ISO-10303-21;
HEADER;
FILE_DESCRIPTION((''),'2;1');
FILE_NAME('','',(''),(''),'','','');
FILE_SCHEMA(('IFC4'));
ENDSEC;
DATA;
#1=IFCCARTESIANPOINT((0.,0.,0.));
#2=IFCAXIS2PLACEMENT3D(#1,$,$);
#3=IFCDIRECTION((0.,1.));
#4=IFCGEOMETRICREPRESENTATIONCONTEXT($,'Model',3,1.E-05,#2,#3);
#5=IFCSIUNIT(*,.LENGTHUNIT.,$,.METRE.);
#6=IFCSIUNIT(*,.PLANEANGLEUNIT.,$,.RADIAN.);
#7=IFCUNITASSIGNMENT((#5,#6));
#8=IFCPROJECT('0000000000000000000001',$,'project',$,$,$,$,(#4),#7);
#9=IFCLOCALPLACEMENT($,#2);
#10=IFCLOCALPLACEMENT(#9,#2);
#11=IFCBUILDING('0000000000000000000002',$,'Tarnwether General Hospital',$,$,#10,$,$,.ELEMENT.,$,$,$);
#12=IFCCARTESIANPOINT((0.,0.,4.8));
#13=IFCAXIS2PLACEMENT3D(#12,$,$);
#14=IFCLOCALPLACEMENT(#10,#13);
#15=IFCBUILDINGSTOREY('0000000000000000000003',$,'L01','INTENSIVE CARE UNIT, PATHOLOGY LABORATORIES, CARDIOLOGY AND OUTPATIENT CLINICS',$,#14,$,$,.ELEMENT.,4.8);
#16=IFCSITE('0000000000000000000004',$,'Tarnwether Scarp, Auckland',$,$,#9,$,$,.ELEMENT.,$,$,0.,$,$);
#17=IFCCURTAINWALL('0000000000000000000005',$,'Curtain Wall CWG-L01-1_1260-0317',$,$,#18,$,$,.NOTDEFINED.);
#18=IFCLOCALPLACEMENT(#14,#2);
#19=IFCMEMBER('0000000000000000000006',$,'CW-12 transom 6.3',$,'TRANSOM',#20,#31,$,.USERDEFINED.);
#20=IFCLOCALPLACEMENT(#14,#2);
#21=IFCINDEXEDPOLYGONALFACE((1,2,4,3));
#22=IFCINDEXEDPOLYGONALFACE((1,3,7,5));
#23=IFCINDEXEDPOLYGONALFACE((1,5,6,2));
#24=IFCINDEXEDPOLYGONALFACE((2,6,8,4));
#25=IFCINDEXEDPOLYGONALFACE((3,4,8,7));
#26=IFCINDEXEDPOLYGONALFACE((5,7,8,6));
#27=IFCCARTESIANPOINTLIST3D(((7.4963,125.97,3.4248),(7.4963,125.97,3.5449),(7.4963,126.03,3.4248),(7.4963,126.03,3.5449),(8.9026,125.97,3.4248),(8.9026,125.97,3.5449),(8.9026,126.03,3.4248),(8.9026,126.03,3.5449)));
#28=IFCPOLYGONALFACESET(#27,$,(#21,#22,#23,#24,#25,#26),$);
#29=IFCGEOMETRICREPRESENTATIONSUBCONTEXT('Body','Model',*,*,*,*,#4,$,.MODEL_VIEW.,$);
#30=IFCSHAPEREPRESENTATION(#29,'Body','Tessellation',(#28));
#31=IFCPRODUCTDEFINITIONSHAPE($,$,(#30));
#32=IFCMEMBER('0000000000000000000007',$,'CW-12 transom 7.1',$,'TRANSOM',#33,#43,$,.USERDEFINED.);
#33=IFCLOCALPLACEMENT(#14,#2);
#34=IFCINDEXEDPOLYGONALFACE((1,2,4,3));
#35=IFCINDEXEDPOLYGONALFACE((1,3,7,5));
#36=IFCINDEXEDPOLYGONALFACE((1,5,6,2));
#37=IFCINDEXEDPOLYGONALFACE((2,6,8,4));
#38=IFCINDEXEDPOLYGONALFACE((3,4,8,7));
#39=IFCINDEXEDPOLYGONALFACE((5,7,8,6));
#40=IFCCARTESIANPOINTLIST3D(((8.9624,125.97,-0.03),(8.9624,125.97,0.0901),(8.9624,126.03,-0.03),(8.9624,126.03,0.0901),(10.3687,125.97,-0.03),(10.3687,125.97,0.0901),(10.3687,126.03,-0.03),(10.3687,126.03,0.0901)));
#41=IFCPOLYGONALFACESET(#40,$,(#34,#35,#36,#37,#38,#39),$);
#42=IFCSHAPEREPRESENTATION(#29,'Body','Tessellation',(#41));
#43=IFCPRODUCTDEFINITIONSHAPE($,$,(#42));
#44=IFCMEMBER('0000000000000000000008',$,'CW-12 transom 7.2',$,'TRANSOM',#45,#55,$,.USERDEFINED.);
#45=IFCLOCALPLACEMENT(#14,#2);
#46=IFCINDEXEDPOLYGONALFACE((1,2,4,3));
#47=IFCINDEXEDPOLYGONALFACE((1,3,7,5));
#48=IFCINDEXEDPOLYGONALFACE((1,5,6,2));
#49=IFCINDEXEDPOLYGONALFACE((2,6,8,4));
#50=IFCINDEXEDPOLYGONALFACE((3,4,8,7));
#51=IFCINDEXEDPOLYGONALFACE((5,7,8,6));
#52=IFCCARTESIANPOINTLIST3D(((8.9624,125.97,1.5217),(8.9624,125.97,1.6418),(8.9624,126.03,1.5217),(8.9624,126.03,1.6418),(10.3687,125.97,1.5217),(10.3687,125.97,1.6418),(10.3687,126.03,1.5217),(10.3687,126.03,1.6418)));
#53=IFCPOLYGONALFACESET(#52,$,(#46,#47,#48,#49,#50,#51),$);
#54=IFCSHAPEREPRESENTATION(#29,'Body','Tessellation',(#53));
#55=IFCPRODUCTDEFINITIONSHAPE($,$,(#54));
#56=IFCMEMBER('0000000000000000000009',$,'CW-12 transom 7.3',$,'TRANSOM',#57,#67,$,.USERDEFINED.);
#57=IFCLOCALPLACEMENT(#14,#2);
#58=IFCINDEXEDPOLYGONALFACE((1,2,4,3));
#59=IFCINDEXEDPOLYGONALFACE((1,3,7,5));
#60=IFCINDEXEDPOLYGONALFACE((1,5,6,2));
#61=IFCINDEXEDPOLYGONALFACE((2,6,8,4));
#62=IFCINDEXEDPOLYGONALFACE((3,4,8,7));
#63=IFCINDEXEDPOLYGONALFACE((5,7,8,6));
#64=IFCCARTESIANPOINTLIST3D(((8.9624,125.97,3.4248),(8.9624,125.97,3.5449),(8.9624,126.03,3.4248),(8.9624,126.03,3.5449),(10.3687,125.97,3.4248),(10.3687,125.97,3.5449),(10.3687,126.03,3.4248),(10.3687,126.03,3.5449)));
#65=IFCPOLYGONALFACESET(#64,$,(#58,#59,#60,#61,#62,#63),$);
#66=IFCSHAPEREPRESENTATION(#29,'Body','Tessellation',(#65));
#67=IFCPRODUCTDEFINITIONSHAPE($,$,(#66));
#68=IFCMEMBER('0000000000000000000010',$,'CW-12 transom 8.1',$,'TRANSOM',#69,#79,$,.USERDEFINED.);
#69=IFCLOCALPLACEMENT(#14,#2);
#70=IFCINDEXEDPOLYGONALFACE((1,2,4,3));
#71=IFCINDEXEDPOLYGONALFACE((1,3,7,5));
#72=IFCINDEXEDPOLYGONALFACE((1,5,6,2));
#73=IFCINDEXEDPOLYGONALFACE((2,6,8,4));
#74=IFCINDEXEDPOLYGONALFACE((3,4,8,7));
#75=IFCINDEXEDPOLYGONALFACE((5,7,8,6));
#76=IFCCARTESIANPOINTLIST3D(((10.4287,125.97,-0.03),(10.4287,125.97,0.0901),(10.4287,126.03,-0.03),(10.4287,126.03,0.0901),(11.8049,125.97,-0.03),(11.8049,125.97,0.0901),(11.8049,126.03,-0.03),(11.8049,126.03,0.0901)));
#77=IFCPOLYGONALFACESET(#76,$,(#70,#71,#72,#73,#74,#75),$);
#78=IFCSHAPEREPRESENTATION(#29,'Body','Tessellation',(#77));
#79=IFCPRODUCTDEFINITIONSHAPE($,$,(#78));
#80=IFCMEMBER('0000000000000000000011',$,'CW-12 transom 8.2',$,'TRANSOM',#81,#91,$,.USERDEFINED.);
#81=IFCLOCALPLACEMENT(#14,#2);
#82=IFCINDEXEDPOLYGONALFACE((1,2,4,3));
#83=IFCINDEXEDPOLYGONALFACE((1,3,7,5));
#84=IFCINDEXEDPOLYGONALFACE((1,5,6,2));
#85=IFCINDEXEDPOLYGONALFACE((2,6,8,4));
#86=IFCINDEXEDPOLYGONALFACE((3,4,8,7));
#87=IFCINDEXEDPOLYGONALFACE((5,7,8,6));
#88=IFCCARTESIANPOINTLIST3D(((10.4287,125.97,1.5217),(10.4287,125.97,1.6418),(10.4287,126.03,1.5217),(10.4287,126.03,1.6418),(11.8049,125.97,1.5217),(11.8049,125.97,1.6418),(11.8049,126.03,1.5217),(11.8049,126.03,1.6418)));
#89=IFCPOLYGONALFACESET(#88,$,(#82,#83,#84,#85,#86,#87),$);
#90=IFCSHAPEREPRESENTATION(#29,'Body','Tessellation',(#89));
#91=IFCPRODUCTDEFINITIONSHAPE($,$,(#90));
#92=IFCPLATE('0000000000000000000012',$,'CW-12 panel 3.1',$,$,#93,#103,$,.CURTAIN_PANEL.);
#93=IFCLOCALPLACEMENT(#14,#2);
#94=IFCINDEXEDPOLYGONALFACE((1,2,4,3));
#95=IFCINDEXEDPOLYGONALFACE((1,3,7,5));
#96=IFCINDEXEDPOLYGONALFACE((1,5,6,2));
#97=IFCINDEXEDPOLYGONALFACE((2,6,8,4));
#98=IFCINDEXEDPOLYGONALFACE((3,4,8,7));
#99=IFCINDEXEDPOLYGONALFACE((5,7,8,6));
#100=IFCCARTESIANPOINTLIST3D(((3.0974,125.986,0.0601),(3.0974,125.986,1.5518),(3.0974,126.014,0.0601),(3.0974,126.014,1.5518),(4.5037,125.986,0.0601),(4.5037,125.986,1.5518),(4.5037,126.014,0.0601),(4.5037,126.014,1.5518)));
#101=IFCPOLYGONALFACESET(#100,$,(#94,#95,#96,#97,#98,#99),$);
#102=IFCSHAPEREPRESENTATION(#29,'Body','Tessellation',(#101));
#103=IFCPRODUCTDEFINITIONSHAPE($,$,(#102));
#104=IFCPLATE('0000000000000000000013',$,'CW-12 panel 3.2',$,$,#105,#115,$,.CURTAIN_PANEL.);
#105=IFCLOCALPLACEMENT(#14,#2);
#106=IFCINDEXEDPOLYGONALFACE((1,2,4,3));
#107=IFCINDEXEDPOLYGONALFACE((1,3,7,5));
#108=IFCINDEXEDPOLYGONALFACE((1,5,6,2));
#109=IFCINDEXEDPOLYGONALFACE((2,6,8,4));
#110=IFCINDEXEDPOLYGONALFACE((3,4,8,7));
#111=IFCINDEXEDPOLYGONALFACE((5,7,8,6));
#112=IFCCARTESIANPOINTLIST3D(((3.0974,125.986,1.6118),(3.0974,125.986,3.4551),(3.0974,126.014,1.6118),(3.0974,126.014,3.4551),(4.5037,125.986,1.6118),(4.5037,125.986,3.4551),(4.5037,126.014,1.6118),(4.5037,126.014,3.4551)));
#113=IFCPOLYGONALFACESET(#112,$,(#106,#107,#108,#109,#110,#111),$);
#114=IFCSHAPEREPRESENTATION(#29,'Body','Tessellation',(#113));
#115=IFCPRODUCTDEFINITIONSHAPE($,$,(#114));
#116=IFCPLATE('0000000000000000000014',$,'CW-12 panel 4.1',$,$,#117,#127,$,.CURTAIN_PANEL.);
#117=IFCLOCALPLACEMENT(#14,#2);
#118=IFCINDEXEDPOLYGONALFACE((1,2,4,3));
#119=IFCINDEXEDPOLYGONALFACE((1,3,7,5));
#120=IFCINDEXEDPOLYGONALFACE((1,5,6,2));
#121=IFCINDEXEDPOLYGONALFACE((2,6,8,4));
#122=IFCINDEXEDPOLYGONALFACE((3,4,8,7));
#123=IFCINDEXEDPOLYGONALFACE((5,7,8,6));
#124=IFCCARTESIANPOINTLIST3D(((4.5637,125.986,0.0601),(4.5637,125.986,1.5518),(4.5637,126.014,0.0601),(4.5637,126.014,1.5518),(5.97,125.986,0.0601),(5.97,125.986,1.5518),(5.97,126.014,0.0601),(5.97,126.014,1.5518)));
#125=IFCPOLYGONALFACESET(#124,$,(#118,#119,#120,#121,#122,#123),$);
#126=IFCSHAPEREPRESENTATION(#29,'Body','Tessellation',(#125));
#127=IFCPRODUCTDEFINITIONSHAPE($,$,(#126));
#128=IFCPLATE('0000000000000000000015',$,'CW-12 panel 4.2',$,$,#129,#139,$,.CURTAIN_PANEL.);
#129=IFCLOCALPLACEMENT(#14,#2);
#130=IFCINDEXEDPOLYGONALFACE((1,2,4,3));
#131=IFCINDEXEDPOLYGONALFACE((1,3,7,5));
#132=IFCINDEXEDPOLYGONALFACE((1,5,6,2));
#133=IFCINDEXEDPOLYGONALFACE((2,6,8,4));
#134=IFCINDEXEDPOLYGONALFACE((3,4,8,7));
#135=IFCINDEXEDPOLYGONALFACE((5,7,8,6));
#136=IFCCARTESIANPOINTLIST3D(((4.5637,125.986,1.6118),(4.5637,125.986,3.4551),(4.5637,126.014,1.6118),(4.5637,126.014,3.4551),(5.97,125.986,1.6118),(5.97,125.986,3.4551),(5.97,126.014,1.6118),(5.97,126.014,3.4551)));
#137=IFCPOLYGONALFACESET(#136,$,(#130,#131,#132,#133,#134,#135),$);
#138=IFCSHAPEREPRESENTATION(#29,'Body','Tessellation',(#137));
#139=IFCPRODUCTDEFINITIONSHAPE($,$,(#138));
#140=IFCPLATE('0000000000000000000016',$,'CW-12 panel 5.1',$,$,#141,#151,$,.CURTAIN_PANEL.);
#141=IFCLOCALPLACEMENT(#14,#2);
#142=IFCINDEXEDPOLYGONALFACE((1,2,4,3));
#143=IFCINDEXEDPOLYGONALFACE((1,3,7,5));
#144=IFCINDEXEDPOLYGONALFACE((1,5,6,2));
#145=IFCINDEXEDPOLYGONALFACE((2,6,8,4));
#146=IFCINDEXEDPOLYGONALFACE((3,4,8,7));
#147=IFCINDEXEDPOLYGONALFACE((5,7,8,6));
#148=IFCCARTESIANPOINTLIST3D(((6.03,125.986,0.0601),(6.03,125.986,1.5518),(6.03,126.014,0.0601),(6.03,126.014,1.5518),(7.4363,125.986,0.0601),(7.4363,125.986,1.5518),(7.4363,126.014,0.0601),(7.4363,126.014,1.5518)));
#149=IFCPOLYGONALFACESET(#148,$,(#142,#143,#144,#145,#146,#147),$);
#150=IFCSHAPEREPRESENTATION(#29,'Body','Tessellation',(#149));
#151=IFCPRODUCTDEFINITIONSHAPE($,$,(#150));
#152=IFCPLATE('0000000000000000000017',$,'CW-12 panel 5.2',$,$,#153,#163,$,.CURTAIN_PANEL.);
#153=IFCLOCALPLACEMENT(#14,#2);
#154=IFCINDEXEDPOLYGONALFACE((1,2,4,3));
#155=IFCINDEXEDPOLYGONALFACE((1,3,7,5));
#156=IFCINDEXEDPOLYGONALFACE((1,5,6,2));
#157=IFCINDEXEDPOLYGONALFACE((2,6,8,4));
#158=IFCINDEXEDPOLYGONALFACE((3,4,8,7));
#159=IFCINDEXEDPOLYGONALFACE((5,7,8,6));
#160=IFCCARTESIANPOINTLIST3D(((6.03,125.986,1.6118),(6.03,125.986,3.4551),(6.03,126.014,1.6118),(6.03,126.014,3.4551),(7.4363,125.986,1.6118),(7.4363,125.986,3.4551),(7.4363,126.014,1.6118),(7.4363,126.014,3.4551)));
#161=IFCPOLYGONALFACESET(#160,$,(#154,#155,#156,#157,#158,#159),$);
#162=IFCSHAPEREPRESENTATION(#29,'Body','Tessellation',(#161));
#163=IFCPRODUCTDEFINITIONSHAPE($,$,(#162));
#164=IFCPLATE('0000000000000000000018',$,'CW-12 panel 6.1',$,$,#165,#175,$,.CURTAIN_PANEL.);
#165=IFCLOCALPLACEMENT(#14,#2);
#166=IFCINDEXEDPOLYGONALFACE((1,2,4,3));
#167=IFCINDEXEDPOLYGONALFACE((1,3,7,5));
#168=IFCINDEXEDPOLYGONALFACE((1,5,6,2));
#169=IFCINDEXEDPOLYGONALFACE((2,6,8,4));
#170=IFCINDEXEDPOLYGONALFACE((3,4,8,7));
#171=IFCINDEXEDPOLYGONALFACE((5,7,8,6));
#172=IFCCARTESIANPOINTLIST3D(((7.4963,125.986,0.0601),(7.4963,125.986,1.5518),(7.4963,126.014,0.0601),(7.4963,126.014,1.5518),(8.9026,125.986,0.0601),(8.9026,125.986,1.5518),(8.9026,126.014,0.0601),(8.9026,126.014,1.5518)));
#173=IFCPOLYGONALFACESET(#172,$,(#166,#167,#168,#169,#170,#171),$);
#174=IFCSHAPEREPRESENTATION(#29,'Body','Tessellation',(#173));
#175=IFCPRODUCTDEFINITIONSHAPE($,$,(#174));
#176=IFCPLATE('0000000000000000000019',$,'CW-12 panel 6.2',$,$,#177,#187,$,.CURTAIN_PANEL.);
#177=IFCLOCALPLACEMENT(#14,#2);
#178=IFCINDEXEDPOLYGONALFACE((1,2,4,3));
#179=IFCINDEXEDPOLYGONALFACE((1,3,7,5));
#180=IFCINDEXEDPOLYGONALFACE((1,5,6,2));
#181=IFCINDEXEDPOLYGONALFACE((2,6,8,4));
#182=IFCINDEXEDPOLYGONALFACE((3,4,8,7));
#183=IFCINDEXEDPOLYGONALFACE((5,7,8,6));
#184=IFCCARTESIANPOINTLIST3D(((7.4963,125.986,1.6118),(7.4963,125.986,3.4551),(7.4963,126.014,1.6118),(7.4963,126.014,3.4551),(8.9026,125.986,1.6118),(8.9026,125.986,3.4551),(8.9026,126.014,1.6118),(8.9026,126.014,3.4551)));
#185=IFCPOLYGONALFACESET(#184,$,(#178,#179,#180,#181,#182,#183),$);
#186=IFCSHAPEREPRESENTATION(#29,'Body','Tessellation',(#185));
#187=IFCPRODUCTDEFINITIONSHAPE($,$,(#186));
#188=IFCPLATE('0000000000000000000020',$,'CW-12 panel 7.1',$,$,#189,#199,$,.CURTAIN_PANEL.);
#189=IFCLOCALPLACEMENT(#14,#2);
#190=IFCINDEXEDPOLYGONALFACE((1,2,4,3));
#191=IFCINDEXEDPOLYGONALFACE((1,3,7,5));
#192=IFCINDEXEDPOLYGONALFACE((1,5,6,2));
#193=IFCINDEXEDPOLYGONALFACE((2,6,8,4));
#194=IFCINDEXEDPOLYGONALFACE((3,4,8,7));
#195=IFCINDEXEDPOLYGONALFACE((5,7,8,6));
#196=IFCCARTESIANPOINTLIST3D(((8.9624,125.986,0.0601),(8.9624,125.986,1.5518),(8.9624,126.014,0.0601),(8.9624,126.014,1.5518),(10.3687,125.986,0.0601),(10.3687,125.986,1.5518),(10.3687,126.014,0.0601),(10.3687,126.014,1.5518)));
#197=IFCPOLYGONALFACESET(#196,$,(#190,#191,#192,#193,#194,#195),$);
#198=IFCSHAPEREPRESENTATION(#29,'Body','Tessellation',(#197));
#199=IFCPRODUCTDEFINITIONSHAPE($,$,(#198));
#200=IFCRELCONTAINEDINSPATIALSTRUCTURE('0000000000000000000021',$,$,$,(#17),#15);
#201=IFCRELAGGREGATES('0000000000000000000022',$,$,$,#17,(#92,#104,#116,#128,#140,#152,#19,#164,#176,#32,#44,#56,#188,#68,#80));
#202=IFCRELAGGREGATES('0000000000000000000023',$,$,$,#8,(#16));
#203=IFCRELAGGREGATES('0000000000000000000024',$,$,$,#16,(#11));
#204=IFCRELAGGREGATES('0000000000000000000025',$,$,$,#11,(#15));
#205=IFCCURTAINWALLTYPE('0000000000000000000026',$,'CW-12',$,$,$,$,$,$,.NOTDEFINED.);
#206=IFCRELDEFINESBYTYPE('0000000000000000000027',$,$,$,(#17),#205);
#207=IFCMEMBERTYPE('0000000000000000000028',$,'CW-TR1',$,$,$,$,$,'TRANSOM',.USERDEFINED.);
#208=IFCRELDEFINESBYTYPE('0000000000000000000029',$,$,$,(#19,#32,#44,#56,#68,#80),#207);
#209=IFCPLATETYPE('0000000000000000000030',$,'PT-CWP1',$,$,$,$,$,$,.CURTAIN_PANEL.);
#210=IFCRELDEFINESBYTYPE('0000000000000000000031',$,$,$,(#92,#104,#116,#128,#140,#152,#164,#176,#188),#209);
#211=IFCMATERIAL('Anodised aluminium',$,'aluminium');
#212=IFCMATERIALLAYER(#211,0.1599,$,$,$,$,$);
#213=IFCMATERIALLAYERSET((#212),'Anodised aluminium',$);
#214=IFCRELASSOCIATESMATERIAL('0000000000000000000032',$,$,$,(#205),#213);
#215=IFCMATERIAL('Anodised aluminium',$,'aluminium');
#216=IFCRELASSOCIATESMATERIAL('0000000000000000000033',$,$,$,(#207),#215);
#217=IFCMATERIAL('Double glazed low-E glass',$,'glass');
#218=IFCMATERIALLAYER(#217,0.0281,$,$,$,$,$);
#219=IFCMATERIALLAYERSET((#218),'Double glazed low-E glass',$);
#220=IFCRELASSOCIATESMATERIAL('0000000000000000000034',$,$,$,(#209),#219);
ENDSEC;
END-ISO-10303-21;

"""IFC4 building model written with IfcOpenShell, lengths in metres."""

from ifc_helpers import new_model, si_unit, direction, frame, origin, origin_2d, place, context, subcontext, project, spatial, rectangle, extrude, material, layer, layer_set, material_profile, profile_set, type_object, element, aggregate, save


model = new_model("IFC4")

# Units and contexts
model_context = context("Model", 3, precision=1e-05, world=origin(), true_north=direction((0.0, 1.0)))
body_context = subcontext(model_context, "Body", "Model", "MODEL_VIEW")
ifc_project = project(units=[si_unit("LENGTHUNIT", "METRE"), si_unit("PLANEANGLEUNIT", "RADIAN")], contexts=[model_context])

# Site, building, storey
site_placement = place(None, origin())
site = spatial("IfcSite", under=ifc_project, at=site_placement, Name="Tarnwether Scarp, Auckland", CompositionType="ELEMENT", RefElevation=0.0)
building_placement = place(site_placement, origin())
building = spatial("IfcBuilding", under=site, at=building_placement, Name="Tarnwether General Hospital", CompositionType="ELEMENT")
storey_placement = place(building_placement, frame((0.0, 0.0, 4.8)))
storey = spatial("IfcBuildingStorey", under=building, at=storey_placement, Name="L01", Description="INTENSIVE CARE UNIT, PATHOLOGY LABORATORIES, CARDIOLOGY AND OUTPATIENT CLINICS", CompositionType="ELEMENT", Elevation=4.8)

# Curtain wall, members, plates
ifc_material_1 = material(Name="Anodised aluminium", Category="aluminium")
ifc_layer_1 = layer(ifc_material_1, 0.1599)
ifc_layer_set_1 = layer_set([ifc_layer_1], Name="Anodised aluminium")
curtain_wall_type = type_object("IfcCurtainWallType", Name="CW-12", PredefinedType="NOTDEFINED", material=ifc_layer_set_1)
curtain_wall_placement = place(storey_placement, origin())
curtain_wall = element("IfcCurtainWall", 1, at=curtain_wall_placement, inside=storey, type_object=curtain_wall_type, Name="Curtain Wall CWG-L01-1_1260-0317", PredefinedType="NOTDEFINED")
ifc_material_2 = material(Name="Anodised aluminium", Category="aluminium")
ifc_material_profile_1 = material_profile(ifc_material_2, rectangle(XDim=0.0601, YDim=0.1201, at=origin_2d()), Name="ALU-TRN-60x120")
ifc_profile_set_1 = profile_set([ifc_material_profile_1], Name="Anodised aluminium")
member_type_1 = type_object("IfcMemberType", Name="CW-TR1", ElementType="TRANSOM", PredefinedType="USERDEFINED", material=ifc_profile_set_1)
member_1_placement = place(storey_placement, frame((7.4963, 126.0, 3.4849), z_axis=(1.0, 0.0, 0.0), x_axis=(0.0, 1.0, 0.0)))
member_1 = element("IfcMember", 2, at=member_1_placement, type_object=member_type_1, Name="CW-12 transom 6.3", ObjectType="TRANSOM", PredefinedType="USERDEFINED", context=body_context, shape_type="SweptSolid", body=[
    extrude(rectangle(XDim=0.0601, YDim=0.1201, at=origin_2d()), origin(), (0.0, 0.0, 1.0), 1.4062),
])
member_2_placement = place(storey_placement, frame((8.9624, 126.0, 0.03), z_axis=(1.0, 0.0, 0.0), x_axis=(0.0, 1.0, 0.0)))
member_2 = element("IfcMember", 3, at=member_2_placement, type_object=member_type_1, Name="CW-12 transom 7.1", ObjectType="TRANSOM", PredefinedType="USERDEFINED", context=body_context, shape_type="SweptSolid", body=[
    extrude(rectangle(XDim=0.0601, YDim=0.1201, at=origin_2d()), origin(), (0.0, 0.0, 1.0), 1.4062),
])
member_3_placement = place(storey_placement, frame((8.9624, 126.0, 1.5818), z_axis=(1.0, 0.0, 0.0), x_axis=(0.0, 1.0, 0.0)))
member_3 = element("IfcMember", 4, at=member_3_placement, type_object=member_type_1, Name="CW-12 transom 7.2", ObjectType="TRANSOM", PredefinedType="USERDEFINED", context=body_context, shape_type="SweptSolid", body=[
    extrude(rectangle(XDim=0.0601, YDim=0.1201, at=origin_2d()), origin(), (0.0, 0.0, 1.0), 1.4062),
])
member_4_placement = place(storey_placement, frame((8.9624, 126.0, 3.4849), z_axis=(1.0, 0.0, 0.0), x_axis=(0.0, 1.0, 0.0)))
member_4 = element("IfcMember", 5, at=member_4_placement, type_object=member_type_1, Name="CW-12 transom 7.3", ObjectType="TRANSOM", PredefinedType="USERDEFINED", context=body_context, shape_type="SweptSolid", body=[
    extrude(rectangle(XDim=0.0601, YDim=0.1201, at=origin_2d()), origin(), (0.0, 0.0, 1.0), 1.4062),
])
member_5_placement = place(storey_placement, frame((10.4287, 126.0, 0.03), z_axis=(1.0, 0.0, 0.0), x_axis=(0.0, 1.0, 0.0)))
member_5 = element("IfcMember", 6, at=member_5_placement, type_object=member_type_1, Name="CW-12 transom 8.1", ObjectType="TRANSOM", PredefinedType="USERDEFINED", context=body_context, shape_type="SweptSolid", body=[
    extrude(rectangle(XDim=0.0601, YDim=0.1201, at=origin_2d()), origin(), (0.0, 0.0, 1.0), 1.3762),
])
member_6_placement = place(storey_placement, frame((10.4287, 126.0, 1.5818), z_axis=(1.0, 0.0, 0.0), x_axis=(0.0, 1.0, 0.0)))
member_6 = element("IfcMember", 7, at=member_6_placement, type_object=member_type_1, Name="CW-12 transom 8.2", ObjectType="TRANSOM", PredefinedType="USERDEFINED", context=body_context, shape_type="SweptSolid", body=[
    extrude(rectangle(XDim=0.0601, YDim=0.1201, at=origin_2d()), origin(), (0.0, 0.0, 1.0), 1.3762),
])
ifc_material_3 = material(Name="Double glazed low-E glass", Category="glass")
ifc_layer_2 = layer(ifc_material_3, 0.0281)
ifc_layer_set_2 = layer_set([ifc_layer_2], Name="Double glazed low-E glass")
plate_type_1 = type_object("IfcPlateType", Name="PT-CWP1", PredefinedType="CURTAIN_PANEL", material=ifc_layer_set_2)
plate_1_placement = place(storey_placement, frame((3.8005, 126.0, 0.0601), z_axis=(0.0, 0.0, 1.0), x_axis=(1.0, 0.0, 0.0)))
plate_1 = element("IfcPlate", 8, at=plate_1_placement, type_object=plate_type_1, Name="CW-12 panel 3.1", PredefinedType="CURTAIN_PANEL", context=body_context, shape_type="SweptSolid", body=[
    extrude(rectangle(XDim=1.4062, YDim=0.0281, at=origin_2d()), origin(), (0.0, 0.0, 1.0), 1.4917),
])
plate_2_placement = place(storey_placement, frame((3.8005, 126.0, 1.6118), z_axis=(0.0, 0.0, 1.0), x_axis=(1.0, 0.0, 0.0)))
plate_2 = element("IfcPlate", 9, at=plate_2_placement, type_object=plate_type_1, Name="CW-12 panel 3.2", PredefinedType="CURTAIN_PANEL", context=body_context, shape_type="SweptSolid", body=[
    extrude(rectangle(XDim=1.4062, YDim=0.0281, at=origin_2d()), origin(), (0.0, 0.0, 1.0), 1.8433),
])
plate_3_placement = place(storey_placement, frame((5.2668, 126.0, 0.0601), z_axis=(0.0, 0.0, 1.0), x_axis=(1.0, 0.0, 0.0)))
plate_3 = element("IfcPlate", 10, at=plate_3_placement, type_object=plate_type_1, Name="CW-12 panel 4.1", PredefinedType="CURTAIN_PANEL", context=body_context, shape_type="SweptSolid", body=[
    extrude(rectangle(XDim=1.4062, YDim=0.0281, at=origin_2d()), origin(), (0.0, 0.0, 1.0), 1.4917),
])
plate_4_placement = place(storey_placement, frame((5.2668, 126.0, 1.6118), z_axis=(0.0, 0.0, 1.0), x_axis=(1.0, 0.0, 0.0)))
plate_4 = element("IfcPlate", 11, at=plate_4_placement, type_object=plate_type_1, Name="CW-12 panel 4.2", PredefinedType="CURTAIN_PANEL", context=body_context, shape_type="SweptSolid", body=[
    extrude(rectangle(XDim=1.4062, YDim=0.0281, at=origin_2d()), origin(), (0.0, 0.0, 1.0), 1.8433),
])
plate_5_placement = place(storey_placement, frame((6.7332, 126.0, 0.0601), z_axis=(0.0, 0.0, 1.0), x_axis=(1.0, 0.0, 0.0)))
plate_5 = element("IfcPlate", 12, at=plate_5_placement, type_object=plate_type_1, Name="CW-12 panel 5.1", PredefinedType="CURTAIN_PANEL", context=body_context, shape_type="SweptSolid", body=[
    extrude(rectangle(XDim=1.4062, YDim=0.0281, at=origin_2d()), origin(), (0.0, 0.0, 1.0), 1.4917),
])
plate_6_placement = place(storey_placement, frame((6.7332, 126.0, 1.6118), z_axis=(0.0, 0.0, 1.0), x_axis=(1.0, 0.0, 0.0)))
plate_6 = element("IfcPlate", 13, at=plate_6_placement, type_object=plate_type_1, Name="CW-12 panel 5.2", PredefinedType="CURTAIN_PANEL", context=body_context, shape_type="SweptSolid", body=[
    extrude(rectangle(XDim=1.4062, YDim=0.0281, at=origin_2d()), origin(), (0.0, 0.0, 1.0), 1.8433),
])
plate_7_placement = place(storey_placement, frame((8.1995, 126.0, 0.0601), z_axis=(0.0, 0.0, 1.0), x_axis=(1.0, 0.0, 0.0)))
plate_7 = element("IfcPlate", 14, at=plate_7_placement, type_object=plate_type_1, Name="CW-12 panel 6.1", PredefinedType="CURTAIN_PANEL", context=body_context, shape_type="SweptSolid", body=[
    extrude(rectangle(XDim=1.4062, YDim=0.0281, at=origin_2d()), origin(), (0.0, 0.0, 1.0), 1.4917),
])
plate_8_placement = place(storey_placement, frame((8.1995, 126.0, 1.6118), z_axis=(0.0, 0.0, 1.0), x_axis=(1.0, 0.0, 0.0)))
plate_8 = element("IfcPlate", 15, at=plate_8_placement, type_object=plate_type_1, Name="CW-12 panel 6.2", PredefinedType="CURTAIN_PANEL", context=body_context, shape_type="SweptSolid", body=[
    extrude(rectangle(XDim=1.4062, YDim=0.0281, at=origin_2d()), origin(), (0.0, 0.0, 1.0), 1.8433),
])
plate_9_placement = place(storey_placement, frame((9.6655, 126.0, 0.0601), z_axis=(0.0, 0.0, 1.0), x_axis=(1.0, 0.0, 0.0)))
plate_9 = element("IfcPlate", 16, at=plate_9_placement, type_object=plate_type_1, Name="CW-12 panel 7.1", PredefinedType="CURTAIN_PANEL", context=body_context, shape_type="SweptSolid", body=[
    extrude(rectangle(XDim=1.4062, YDim=0.0281, at=origin_2d()), origin(), (0.0, 0.0, 1.0), 1.4917),
])
aggregate(curtain_wall, [plate_1, plate_2, plate_3, plate_4, plate_5, plate_6, member_1, plate_7, plate_8, member_2, member_3, member_4, plate_9, member_5, member_6])

save(model, "model.ifc")
